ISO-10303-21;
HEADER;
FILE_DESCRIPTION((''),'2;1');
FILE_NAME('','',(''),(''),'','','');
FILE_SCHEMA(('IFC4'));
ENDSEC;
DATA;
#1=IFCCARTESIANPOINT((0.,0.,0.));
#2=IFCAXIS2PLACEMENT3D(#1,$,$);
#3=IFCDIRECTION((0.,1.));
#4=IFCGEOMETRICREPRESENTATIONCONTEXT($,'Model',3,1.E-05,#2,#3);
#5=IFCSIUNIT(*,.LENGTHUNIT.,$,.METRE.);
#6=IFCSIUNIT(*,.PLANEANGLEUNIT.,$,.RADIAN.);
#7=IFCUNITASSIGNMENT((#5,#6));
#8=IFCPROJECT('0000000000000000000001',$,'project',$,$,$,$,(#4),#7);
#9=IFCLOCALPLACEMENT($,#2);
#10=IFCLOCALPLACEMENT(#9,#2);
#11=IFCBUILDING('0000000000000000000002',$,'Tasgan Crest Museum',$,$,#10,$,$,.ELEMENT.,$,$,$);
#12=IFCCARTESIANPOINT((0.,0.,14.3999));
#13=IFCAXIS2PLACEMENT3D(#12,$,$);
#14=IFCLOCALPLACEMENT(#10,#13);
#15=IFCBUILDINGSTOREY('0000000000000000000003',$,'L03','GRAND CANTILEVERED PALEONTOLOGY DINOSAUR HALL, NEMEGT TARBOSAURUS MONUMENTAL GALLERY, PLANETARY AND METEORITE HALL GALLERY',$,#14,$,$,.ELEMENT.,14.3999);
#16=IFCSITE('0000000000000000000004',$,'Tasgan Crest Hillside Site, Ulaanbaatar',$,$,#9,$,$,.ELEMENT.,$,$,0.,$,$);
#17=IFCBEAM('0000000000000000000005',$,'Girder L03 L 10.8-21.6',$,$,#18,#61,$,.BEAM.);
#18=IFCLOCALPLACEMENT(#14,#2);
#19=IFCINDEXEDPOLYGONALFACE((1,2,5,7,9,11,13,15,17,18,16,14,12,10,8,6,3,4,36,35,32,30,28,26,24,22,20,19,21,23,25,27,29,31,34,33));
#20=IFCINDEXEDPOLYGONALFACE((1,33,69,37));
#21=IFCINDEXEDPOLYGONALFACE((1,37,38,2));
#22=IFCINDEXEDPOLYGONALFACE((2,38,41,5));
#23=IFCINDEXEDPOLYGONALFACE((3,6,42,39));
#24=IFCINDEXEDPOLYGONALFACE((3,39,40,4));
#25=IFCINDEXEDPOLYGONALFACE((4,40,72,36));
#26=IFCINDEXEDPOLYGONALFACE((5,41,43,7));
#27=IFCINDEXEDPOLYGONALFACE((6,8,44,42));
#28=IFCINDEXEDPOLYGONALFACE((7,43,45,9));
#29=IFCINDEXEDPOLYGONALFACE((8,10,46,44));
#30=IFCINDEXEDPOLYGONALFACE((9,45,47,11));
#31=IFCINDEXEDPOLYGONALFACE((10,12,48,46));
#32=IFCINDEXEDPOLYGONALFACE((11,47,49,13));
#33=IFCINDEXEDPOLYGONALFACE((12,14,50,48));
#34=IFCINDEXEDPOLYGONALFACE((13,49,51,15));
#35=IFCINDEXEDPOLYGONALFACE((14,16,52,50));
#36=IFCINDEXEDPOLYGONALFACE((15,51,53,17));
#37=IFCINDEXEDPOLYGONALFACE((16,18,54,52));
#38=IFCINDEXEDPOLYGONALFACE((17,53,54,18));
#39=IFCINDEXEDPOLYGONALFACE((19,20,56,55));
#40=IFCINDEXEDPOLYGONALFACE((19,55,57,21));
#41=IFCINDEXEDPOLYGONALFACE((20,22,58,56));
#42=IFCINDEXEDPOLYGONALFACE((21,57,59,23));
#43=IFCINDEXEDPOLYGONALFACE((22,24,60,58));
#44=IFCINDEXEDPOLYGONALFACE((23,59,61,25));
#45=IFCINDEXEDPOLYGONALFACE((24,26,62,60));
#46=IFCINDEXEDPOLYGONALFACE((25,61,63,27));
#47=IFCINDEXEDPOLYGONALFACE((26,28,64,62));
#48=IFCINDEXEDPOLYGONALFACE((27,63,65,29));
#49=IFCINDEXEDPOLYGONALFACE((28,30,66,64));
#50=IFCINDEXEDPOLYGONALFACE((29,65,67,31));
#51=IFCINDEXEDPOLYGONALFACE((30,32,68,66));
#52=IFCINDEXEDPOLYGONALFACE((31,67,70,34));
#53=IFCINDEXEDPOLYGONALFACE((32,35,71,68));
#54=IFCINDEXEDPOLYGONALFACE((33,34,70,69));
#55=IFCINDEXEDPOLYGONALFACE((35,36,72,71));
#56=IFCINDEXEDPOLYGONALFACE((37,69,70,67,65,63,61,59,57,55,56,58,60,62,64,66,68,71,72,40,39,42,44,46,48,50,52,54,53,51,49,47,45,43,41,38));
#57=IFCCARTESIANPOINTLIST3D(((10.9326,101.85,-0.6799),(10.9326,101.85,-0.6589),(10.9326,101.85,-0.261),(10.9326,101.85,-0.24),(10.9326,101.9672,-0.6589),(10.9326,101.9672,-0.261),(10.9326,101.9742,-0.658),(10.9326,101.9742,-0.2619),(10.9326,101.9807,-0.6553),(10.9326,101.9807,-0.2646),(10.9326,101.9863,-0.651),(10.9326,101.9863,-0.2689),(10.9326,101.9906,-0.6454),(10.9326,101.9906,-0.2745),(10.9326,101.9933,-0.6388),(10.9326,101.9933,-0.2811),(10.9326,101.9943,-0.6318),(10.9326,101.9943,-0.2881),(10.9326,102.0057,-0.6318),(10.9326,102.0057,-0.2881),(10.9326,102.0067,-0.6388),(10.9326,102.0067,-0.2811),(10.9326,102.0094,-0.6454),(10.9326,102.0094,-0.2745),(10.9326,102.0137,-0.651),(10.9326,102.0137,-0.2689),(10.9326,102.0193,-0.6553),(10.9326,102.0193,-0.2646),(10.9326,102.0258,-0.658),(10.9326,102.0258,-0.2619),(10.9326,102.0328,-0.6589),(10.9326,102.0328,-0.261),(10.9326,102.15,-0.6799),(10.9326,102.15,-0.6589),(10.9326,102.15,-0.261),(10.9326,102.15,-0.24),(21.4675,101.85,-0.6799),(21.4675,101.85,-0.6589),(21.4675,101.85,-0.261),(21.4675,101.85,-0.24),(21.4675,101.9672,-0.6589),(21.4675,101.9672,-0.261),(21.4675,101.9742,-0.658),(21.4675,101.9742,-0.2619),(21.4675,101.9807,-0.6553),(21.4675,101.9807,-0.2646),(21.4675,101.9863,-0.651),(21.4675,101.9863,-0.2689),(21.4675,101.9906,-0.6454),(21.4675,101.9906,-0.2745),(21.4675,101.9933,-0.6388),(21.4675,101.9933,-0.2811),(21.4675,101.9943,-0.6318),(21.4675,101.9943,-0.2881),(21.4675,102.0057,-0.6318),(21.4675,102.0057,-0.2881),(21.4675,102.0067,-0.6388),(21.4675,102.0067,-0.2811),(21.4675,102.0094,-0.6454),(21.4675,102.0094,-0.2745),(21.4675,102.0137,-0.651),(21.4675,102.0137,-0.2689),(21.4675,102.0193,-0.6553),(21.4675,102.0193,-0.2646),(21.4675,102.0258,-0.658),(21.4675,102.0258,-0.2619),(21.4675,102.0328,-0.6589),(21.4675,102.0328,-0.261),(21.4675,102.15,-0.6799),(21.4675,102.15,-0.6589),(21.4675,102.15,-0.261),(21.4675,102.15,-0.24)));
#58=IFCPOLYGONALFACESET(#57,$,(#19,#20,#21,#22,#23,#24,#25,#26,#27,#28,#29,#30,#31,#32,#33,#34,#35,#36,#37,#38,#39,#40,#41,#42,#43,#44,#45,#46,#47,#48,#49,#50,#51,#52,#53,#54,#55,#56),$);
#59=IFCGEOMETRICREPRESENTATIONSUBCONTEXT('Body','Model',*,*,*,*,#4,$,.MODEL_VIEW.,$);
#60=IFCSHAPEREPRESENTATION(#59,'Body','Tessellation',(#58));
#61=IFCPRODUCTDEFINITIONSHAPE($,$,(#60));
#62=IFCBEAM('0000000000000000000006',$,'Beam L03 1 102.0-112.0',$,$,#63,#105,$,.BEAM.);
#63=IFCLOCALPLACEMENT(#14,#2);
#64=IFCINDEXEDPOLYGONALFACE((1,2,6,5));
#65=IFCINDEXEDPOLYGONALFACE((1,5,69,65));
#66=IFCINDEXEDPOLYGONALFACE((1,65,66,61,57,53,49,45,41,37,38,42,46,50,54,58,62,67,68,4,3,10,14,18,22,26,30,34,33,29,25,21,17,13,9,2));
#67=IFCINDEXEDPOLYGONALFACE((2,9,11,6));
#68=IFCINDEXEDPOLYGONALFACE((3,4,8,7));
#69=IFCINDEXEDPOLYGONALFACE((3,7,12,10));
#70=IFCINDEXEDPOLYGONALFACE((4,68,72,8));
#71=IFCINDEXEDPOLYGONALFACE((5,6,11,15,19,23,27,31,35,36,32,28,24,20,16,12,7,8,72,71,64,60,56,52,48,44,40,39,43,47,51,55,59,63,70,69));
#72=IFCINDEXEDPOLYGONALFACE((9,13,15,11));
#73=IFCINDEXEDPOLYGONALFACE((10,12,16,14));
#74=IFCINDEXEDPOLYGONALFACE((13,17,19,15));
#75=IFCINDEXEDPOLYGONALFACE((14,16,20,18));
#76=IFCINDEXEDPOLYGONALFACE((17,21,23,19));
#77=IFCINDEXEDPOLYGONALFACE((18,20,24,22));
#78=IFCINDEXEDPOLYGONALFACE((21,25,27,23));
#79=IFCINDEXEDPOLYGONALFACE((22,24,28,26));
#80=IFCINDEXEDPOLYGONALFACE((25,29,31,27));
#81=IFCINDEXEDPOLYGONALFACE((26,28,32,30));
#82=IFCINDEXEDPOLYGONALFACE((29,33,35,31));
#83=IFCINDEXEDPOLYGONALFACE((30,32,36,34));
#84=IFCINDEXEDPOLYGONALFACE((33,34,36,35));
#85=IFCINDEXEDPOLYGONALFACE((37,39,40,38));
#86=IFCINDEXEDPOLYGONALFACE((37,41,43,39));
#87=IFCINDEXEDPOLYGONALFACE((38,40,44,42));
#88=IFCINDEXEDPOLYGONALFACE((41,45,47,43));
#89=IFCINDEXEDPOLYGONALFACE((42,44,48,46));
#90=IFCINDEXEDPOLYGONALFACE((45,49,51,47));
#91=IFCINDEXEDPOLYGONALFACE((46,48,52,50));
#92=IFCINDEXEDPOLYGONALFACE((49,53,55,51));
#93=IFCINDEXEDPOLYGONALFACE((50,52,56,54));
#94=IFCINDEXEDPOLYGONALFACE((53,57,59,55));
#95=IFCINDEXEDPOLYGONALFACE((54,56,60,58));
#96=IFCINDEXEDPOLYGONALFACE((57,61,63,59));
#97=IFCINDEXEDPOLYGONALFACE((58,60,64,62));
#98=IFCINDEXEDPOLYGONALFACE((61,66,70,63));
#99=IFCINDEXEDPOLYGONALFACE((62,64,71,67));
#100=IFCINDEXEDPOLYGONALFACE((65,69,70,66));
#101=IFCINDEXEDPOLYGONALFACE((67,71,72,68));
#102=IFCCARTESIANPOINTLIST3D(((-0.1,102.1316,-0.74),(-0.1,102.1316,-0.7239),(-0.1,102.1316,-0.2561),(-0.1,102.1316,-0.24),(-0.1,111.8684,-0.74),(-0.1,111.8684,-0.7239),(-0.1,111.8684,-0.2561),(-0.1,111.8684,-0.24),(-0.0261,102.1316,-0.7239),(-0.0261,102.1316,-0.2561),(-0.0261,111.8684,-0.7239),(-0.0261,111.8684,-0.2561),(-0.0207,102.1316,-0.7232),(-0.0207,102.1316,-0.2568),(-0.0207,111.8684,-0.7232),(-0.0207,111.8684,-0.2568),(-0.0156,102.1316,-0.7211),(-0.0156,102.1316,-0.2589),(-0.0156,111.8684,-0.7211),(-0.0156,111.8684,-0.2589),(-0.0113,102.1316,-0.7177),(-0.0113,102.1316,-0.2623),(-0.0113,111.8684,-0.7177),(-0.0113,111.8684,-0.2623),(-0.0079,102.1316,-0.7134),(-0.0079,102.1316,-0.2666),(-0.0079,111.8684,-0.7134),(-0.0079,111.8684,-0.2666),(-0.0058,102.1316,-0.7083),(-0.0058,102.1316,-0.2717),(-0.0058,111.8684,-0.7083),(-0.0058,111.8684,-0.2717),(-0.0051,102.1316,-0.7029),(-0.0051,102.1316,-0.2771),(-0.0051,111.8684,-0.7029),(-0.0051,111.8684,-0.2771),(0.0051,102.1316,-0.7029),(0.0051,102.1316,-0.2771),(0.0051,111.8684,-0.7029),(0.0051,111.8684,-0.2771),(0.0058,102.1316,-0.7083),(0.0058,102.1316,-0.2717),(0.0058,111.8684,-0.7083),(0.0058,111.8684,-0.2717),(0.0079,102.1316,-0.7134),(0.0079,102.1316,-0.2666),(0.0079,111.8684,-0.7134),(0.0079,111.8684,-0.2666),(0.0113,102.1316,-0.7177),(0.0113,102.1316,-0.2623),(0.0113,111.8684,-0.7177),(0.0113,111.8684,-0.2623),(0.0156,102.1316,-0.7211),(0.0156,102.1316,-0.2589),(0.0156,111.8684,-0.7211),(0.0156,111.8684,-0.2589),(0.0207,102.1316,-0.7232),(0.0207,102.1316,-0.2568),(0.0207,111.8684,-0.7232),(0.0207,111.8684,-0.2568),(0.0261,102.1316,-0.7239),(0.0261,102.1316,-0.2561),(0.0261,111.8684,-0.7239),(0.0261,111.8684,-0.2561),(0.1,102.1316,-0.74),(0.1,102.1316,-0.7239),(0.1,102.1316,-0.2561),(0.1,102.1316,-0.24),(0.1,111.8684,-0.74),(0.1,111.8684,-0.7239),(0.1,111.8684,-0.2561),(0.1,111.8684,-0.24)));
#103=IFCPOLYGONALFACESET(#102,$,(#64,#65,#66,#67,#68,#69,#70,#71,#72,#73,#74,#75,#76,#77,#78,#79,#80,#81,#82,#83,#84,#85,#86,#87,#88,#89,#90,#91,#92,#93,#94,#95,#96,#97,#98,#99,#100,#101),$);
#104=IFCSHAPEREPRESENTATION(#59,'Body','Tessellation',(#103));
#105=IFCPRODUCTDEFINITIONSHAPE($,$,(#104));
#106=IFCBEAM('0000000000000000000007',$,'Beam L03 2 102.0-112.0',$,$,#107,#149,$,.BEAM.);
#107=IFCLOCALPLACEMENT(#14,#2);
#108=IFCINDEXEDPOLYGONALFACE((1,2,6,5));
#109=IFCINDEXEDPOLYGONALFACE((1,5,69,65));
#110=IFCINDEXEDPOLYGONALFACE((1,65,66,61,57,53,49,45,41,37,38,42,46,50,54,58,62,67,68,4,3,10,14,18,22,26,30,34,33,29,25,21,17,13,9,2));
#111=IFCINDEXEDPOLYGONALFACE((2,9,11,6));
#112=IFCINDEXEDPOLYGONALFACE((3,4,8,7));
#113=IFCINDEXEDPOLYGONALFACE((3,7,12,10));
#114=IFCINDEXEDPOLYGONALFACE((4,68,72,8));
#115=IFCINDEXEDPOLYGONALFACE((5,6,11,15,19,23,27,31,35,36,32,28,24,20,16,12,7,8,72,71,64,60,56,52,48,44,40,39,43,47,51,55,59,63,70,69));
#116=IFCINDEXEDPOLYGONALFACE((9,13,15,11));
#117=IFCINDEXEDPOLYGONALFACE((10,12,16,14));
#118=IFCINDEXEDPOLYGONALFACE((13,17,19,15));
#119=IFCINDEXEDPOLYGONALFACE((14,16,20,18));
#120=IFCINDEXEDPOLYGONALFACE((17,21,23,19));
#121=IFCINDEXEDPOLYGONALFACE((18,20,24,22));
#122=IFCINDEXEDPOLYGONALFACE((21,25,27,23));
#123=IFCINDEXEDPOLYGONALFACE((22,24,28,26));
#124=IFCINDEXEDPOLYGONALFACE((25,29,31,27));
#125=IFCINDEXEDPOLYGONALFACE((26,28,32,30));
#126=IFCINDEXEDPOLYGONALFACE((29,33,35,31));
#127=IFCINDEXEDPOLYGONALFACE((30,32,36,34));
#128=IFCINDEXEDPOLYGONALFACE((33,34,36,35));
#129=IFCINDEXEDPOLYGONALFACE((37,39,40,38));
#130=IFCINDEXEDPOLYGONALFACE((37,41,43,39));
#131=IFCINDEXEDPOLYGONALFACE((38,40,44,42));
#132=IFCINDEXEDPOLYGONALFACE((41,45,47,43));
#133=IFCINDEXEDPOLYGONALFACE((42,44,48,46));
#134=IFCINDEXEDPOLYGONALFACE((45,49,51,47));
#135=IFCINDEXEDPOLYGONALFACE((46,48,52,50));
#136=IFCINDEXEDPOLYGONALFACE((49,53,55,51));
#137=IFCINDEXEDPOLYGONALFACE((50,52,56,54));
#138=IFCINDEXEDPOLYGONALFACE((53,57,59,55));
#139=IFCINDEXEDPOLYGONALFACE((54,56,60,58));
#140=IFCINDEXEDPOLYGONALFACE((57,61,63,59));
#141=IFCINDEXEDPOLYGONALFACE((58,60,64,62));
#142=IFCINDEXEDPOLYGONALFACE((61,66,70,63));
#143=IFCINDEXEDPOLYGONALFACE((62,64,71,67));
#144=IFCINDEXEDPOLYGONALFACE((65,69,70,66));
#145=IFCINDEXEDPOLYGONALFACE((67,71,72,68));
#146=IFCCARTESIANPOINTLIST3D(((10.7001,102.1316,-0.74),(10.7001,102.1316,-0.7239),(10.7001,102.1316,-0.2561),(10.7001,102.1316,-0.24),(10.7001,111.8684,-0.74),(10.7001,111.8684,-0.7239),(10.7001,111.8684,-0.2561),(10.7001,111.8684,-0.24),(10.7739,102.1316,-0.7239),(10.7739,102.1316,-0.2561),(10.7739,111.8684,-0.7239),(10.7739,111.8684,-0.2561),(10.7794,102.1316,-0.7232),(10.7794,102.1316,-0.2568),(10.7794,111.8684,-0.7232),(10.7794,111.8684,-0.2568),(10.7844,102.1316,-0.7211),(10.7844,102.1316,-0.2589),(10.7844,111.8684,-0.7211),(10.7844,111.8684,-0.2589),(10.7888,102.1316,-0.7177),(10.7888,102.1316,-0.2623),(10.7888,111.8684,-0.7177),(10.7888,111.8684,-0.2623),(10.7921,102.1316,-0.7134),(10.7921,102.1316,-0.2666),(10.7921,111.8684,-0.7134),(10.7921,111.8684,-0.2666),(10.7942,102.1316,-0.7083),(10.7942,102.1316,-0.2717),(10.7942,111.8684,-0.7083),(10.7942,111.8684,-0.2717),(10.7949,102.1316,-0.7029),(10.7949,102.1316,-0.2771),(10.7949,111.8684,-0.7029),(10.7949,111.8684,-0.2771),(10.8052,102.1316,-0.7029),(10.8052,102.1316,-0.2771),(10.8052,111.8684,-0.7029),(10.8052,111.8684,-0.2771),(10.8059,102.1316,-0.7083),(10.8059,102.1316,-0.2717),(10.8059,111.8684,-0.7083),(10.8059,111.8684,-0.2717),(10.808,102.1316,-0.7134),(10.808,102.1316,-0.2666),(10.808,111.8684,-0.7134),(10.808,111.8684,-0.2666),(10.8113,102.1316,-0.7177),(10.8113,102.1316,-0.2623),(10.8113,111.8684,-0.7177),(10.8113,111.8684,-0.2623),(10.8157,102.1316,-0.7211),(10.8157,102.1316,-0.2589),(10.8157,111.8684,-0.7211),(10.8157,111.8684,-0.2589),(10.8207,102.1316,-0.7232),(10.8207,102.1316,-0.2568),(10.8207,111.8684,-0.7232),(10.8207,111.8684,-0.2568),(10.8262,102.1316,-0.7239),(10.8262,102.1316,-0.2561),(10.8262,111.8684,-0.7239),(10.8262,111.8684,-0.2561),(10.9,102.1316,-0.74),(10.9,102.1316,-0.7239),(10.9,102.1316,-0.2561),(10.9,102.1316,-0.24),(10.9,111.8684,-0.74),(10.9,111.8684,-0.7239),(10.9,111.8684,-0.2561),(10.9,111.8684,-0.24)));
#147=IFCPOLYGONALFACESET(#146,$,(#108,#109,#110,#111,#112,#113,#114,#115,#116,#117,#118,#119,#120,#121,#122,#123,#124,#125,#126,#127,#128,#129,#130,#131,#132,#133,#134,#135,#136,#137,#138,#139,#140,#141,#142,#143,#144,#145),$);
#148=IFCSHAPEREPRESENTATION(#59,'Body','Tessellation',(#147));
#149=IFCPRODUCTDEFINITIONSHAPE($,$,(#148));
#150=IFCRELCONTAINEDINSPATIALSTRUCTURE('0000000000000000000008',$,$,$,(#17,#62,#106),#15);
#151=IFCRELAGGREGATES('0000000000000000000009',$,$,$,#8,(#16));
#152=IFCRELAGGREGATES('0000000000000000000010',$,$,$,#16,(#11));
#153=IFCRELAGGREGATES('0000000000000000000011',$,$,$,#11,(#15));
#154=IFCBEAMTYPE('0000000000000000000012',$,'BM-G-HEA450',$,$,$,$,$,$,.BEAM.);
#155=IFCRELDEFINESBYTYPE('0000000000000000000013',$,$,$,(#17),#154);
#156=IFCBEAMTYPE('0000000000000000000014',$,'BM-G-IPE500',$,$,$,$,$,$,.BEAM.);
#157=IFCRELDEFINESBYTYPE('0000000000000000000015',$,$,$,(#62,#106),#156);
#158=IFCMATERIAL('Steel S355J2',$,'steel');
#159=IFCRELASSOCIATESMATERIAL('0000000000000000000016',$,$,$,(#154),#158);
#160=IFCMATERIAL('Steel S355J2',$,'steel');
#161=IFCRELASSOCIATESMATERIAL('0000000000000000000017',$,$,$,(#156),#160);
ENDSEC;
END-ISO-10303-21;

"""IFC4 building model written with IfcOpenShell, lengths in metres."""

from ifc_helpers import new_model, si_unit, direction, frame, origin, origin_2d, place, context, subcontext, project, spatial, i_section, extrude, material, material_profile, profile_set, type_object, element, save


model = new_model("IFC4")

# Units and contexts
model_context = context("Model", 3, precision=1e-05, world=origin(), true_north=direction((0.0, 1.0)))
body_context = subcontext(model_context, "Body", "Model", "MODEL_VIEW")
ifc_project = project(units=[si_unit("LENGTHUNIT", "METRE"), si_unit("PLANEANGLEUNIT", "RADIAN")], contexts=[model_context])

# Site, building, storey
site_placement = place(None, origin())
site = spatial("IfcSite", under=ifc_project, at=site_placement, Name="Tasgan Crest Hillside Site, Ulaanbaatar", CompositionType="ELEMENT", RefElevation=0.0)
building_placement = place(site_placement, origin())
building = spatial("IfcBuilding", under=site, at=building_placement, Name="Tasgan Crest Museum", CompositionType="ELEMENT")
storey_placement = place(building_placement, frame((0.0, 0.0, 14.3999)))
storey = spatial("IfcBuildingStorey", under=building, at=storey_placement, Name="L03", Description="GRAND CANTILEVERED PALEONTOLOGY DINOSAUR HALL, NEMEGT TARBOSAURUS MONUMENTAL GALLERY, PLANETARY AND METEORITE HALL GALLERY", CompositionType="ELEMENT", Elevation=14.3999)

# Beams
ifc_material_1 = material(Name="Steel S355J2", Category="steel")
ifc_material_profile_1 = material_profile(ifc_material_1, i_section(OverallWidth=0.3, OverallDepth=0.4399, WebThickness=0.0115, FlangeThickness=0.021, FilletRadius=0.0271, at=origin_2d()), Name="HEA 450")
ifc_profile_set_1 = profile_set([ifc_material_profile_1], Name="Steel S355J2")
beam_type_1 = type_object("IfcBeamType", Name="BM-G-HEA450", PredefinedType="BEAM", material=ifc_profile_set_1)
for number, where, z_axis, x_axis, name in (
    (1, (10.9326, 102.0, -0.46), (1.0, 0.0, 0.0), (0.0, 1.0, 0.0), "Girder L03 L 10.8-21.6"),
):
    element("IfcBeam", number, at=place(storey_placement, frame(where, z_axis=z_axis, x_axis=x_axis)), inside=storey, type_object=beam_type_1, Name=name, PredefinedType="BEAM", context=body_context, shape_type="SweptSolid", body=[
        extrude(i_section(OverallWidth=0.3, OverallDepth=0.4399, WebThickness=0.0115, FlangeThickness=0.021, FilletRadius=0.0271, at=origin_2d()), origin(), (0.0, 0.0, 1.0), 10.5349),
    ])
ifc_material_2 = material(Name="Steel S355J2", Category="steel")
ifc_material_profile_2 = material_profile(ifc_material_2, i_section(OverallWidth=0.2, OverallDepth=0.5, WebThickness=0.0103, FlangeThickness=0.0161, FilletRadius=0.021, at=origin_2d()), Name="IPE 500")
ifc_profile_set_2 = profile_set([ifc_material_profile_2], Name="Steel S355J2")
beam_type_2 = type_object("IfcBeamType", Name="BM-G-IPE500", PredefinedType="BEAM", material=ifc_profile_set_2)
for number, where, z_axis, x_axis, name in (
    (2, (0.0, 102.1316, -0.49), (0.0, 1.0, 0.0), (-1.0, 0.0, 0.0), "Beam L03 1 102.0-112.0"),
    (3, (10.8, 102.1316, -0.49), (0.0, 1.0, 0.0), (-1.0, 0.0, 0.0), "Beam L03 2 102.0-112.0"),
):
    element("IfcBeam", number, at=place(storey_placement, frame(where, z_axis=z_axis, x_axis=x_axis)), inside=storey, type_object=beam_type_2, Name=name, PredefinedType="BEAM", context=body_context, shape_type="SweptSolid", body=[
        extrude(i_section(OverallWidth=0.2, OverallDepth=0.5, WebThickness=0.0103, FlangeThickness=0.0161, FilletRadius=0.021, at=origin_2d()), origin(), (0.0, 0.0, 1.0), 9.7368),
    ])

save(model, "model.ifc")
